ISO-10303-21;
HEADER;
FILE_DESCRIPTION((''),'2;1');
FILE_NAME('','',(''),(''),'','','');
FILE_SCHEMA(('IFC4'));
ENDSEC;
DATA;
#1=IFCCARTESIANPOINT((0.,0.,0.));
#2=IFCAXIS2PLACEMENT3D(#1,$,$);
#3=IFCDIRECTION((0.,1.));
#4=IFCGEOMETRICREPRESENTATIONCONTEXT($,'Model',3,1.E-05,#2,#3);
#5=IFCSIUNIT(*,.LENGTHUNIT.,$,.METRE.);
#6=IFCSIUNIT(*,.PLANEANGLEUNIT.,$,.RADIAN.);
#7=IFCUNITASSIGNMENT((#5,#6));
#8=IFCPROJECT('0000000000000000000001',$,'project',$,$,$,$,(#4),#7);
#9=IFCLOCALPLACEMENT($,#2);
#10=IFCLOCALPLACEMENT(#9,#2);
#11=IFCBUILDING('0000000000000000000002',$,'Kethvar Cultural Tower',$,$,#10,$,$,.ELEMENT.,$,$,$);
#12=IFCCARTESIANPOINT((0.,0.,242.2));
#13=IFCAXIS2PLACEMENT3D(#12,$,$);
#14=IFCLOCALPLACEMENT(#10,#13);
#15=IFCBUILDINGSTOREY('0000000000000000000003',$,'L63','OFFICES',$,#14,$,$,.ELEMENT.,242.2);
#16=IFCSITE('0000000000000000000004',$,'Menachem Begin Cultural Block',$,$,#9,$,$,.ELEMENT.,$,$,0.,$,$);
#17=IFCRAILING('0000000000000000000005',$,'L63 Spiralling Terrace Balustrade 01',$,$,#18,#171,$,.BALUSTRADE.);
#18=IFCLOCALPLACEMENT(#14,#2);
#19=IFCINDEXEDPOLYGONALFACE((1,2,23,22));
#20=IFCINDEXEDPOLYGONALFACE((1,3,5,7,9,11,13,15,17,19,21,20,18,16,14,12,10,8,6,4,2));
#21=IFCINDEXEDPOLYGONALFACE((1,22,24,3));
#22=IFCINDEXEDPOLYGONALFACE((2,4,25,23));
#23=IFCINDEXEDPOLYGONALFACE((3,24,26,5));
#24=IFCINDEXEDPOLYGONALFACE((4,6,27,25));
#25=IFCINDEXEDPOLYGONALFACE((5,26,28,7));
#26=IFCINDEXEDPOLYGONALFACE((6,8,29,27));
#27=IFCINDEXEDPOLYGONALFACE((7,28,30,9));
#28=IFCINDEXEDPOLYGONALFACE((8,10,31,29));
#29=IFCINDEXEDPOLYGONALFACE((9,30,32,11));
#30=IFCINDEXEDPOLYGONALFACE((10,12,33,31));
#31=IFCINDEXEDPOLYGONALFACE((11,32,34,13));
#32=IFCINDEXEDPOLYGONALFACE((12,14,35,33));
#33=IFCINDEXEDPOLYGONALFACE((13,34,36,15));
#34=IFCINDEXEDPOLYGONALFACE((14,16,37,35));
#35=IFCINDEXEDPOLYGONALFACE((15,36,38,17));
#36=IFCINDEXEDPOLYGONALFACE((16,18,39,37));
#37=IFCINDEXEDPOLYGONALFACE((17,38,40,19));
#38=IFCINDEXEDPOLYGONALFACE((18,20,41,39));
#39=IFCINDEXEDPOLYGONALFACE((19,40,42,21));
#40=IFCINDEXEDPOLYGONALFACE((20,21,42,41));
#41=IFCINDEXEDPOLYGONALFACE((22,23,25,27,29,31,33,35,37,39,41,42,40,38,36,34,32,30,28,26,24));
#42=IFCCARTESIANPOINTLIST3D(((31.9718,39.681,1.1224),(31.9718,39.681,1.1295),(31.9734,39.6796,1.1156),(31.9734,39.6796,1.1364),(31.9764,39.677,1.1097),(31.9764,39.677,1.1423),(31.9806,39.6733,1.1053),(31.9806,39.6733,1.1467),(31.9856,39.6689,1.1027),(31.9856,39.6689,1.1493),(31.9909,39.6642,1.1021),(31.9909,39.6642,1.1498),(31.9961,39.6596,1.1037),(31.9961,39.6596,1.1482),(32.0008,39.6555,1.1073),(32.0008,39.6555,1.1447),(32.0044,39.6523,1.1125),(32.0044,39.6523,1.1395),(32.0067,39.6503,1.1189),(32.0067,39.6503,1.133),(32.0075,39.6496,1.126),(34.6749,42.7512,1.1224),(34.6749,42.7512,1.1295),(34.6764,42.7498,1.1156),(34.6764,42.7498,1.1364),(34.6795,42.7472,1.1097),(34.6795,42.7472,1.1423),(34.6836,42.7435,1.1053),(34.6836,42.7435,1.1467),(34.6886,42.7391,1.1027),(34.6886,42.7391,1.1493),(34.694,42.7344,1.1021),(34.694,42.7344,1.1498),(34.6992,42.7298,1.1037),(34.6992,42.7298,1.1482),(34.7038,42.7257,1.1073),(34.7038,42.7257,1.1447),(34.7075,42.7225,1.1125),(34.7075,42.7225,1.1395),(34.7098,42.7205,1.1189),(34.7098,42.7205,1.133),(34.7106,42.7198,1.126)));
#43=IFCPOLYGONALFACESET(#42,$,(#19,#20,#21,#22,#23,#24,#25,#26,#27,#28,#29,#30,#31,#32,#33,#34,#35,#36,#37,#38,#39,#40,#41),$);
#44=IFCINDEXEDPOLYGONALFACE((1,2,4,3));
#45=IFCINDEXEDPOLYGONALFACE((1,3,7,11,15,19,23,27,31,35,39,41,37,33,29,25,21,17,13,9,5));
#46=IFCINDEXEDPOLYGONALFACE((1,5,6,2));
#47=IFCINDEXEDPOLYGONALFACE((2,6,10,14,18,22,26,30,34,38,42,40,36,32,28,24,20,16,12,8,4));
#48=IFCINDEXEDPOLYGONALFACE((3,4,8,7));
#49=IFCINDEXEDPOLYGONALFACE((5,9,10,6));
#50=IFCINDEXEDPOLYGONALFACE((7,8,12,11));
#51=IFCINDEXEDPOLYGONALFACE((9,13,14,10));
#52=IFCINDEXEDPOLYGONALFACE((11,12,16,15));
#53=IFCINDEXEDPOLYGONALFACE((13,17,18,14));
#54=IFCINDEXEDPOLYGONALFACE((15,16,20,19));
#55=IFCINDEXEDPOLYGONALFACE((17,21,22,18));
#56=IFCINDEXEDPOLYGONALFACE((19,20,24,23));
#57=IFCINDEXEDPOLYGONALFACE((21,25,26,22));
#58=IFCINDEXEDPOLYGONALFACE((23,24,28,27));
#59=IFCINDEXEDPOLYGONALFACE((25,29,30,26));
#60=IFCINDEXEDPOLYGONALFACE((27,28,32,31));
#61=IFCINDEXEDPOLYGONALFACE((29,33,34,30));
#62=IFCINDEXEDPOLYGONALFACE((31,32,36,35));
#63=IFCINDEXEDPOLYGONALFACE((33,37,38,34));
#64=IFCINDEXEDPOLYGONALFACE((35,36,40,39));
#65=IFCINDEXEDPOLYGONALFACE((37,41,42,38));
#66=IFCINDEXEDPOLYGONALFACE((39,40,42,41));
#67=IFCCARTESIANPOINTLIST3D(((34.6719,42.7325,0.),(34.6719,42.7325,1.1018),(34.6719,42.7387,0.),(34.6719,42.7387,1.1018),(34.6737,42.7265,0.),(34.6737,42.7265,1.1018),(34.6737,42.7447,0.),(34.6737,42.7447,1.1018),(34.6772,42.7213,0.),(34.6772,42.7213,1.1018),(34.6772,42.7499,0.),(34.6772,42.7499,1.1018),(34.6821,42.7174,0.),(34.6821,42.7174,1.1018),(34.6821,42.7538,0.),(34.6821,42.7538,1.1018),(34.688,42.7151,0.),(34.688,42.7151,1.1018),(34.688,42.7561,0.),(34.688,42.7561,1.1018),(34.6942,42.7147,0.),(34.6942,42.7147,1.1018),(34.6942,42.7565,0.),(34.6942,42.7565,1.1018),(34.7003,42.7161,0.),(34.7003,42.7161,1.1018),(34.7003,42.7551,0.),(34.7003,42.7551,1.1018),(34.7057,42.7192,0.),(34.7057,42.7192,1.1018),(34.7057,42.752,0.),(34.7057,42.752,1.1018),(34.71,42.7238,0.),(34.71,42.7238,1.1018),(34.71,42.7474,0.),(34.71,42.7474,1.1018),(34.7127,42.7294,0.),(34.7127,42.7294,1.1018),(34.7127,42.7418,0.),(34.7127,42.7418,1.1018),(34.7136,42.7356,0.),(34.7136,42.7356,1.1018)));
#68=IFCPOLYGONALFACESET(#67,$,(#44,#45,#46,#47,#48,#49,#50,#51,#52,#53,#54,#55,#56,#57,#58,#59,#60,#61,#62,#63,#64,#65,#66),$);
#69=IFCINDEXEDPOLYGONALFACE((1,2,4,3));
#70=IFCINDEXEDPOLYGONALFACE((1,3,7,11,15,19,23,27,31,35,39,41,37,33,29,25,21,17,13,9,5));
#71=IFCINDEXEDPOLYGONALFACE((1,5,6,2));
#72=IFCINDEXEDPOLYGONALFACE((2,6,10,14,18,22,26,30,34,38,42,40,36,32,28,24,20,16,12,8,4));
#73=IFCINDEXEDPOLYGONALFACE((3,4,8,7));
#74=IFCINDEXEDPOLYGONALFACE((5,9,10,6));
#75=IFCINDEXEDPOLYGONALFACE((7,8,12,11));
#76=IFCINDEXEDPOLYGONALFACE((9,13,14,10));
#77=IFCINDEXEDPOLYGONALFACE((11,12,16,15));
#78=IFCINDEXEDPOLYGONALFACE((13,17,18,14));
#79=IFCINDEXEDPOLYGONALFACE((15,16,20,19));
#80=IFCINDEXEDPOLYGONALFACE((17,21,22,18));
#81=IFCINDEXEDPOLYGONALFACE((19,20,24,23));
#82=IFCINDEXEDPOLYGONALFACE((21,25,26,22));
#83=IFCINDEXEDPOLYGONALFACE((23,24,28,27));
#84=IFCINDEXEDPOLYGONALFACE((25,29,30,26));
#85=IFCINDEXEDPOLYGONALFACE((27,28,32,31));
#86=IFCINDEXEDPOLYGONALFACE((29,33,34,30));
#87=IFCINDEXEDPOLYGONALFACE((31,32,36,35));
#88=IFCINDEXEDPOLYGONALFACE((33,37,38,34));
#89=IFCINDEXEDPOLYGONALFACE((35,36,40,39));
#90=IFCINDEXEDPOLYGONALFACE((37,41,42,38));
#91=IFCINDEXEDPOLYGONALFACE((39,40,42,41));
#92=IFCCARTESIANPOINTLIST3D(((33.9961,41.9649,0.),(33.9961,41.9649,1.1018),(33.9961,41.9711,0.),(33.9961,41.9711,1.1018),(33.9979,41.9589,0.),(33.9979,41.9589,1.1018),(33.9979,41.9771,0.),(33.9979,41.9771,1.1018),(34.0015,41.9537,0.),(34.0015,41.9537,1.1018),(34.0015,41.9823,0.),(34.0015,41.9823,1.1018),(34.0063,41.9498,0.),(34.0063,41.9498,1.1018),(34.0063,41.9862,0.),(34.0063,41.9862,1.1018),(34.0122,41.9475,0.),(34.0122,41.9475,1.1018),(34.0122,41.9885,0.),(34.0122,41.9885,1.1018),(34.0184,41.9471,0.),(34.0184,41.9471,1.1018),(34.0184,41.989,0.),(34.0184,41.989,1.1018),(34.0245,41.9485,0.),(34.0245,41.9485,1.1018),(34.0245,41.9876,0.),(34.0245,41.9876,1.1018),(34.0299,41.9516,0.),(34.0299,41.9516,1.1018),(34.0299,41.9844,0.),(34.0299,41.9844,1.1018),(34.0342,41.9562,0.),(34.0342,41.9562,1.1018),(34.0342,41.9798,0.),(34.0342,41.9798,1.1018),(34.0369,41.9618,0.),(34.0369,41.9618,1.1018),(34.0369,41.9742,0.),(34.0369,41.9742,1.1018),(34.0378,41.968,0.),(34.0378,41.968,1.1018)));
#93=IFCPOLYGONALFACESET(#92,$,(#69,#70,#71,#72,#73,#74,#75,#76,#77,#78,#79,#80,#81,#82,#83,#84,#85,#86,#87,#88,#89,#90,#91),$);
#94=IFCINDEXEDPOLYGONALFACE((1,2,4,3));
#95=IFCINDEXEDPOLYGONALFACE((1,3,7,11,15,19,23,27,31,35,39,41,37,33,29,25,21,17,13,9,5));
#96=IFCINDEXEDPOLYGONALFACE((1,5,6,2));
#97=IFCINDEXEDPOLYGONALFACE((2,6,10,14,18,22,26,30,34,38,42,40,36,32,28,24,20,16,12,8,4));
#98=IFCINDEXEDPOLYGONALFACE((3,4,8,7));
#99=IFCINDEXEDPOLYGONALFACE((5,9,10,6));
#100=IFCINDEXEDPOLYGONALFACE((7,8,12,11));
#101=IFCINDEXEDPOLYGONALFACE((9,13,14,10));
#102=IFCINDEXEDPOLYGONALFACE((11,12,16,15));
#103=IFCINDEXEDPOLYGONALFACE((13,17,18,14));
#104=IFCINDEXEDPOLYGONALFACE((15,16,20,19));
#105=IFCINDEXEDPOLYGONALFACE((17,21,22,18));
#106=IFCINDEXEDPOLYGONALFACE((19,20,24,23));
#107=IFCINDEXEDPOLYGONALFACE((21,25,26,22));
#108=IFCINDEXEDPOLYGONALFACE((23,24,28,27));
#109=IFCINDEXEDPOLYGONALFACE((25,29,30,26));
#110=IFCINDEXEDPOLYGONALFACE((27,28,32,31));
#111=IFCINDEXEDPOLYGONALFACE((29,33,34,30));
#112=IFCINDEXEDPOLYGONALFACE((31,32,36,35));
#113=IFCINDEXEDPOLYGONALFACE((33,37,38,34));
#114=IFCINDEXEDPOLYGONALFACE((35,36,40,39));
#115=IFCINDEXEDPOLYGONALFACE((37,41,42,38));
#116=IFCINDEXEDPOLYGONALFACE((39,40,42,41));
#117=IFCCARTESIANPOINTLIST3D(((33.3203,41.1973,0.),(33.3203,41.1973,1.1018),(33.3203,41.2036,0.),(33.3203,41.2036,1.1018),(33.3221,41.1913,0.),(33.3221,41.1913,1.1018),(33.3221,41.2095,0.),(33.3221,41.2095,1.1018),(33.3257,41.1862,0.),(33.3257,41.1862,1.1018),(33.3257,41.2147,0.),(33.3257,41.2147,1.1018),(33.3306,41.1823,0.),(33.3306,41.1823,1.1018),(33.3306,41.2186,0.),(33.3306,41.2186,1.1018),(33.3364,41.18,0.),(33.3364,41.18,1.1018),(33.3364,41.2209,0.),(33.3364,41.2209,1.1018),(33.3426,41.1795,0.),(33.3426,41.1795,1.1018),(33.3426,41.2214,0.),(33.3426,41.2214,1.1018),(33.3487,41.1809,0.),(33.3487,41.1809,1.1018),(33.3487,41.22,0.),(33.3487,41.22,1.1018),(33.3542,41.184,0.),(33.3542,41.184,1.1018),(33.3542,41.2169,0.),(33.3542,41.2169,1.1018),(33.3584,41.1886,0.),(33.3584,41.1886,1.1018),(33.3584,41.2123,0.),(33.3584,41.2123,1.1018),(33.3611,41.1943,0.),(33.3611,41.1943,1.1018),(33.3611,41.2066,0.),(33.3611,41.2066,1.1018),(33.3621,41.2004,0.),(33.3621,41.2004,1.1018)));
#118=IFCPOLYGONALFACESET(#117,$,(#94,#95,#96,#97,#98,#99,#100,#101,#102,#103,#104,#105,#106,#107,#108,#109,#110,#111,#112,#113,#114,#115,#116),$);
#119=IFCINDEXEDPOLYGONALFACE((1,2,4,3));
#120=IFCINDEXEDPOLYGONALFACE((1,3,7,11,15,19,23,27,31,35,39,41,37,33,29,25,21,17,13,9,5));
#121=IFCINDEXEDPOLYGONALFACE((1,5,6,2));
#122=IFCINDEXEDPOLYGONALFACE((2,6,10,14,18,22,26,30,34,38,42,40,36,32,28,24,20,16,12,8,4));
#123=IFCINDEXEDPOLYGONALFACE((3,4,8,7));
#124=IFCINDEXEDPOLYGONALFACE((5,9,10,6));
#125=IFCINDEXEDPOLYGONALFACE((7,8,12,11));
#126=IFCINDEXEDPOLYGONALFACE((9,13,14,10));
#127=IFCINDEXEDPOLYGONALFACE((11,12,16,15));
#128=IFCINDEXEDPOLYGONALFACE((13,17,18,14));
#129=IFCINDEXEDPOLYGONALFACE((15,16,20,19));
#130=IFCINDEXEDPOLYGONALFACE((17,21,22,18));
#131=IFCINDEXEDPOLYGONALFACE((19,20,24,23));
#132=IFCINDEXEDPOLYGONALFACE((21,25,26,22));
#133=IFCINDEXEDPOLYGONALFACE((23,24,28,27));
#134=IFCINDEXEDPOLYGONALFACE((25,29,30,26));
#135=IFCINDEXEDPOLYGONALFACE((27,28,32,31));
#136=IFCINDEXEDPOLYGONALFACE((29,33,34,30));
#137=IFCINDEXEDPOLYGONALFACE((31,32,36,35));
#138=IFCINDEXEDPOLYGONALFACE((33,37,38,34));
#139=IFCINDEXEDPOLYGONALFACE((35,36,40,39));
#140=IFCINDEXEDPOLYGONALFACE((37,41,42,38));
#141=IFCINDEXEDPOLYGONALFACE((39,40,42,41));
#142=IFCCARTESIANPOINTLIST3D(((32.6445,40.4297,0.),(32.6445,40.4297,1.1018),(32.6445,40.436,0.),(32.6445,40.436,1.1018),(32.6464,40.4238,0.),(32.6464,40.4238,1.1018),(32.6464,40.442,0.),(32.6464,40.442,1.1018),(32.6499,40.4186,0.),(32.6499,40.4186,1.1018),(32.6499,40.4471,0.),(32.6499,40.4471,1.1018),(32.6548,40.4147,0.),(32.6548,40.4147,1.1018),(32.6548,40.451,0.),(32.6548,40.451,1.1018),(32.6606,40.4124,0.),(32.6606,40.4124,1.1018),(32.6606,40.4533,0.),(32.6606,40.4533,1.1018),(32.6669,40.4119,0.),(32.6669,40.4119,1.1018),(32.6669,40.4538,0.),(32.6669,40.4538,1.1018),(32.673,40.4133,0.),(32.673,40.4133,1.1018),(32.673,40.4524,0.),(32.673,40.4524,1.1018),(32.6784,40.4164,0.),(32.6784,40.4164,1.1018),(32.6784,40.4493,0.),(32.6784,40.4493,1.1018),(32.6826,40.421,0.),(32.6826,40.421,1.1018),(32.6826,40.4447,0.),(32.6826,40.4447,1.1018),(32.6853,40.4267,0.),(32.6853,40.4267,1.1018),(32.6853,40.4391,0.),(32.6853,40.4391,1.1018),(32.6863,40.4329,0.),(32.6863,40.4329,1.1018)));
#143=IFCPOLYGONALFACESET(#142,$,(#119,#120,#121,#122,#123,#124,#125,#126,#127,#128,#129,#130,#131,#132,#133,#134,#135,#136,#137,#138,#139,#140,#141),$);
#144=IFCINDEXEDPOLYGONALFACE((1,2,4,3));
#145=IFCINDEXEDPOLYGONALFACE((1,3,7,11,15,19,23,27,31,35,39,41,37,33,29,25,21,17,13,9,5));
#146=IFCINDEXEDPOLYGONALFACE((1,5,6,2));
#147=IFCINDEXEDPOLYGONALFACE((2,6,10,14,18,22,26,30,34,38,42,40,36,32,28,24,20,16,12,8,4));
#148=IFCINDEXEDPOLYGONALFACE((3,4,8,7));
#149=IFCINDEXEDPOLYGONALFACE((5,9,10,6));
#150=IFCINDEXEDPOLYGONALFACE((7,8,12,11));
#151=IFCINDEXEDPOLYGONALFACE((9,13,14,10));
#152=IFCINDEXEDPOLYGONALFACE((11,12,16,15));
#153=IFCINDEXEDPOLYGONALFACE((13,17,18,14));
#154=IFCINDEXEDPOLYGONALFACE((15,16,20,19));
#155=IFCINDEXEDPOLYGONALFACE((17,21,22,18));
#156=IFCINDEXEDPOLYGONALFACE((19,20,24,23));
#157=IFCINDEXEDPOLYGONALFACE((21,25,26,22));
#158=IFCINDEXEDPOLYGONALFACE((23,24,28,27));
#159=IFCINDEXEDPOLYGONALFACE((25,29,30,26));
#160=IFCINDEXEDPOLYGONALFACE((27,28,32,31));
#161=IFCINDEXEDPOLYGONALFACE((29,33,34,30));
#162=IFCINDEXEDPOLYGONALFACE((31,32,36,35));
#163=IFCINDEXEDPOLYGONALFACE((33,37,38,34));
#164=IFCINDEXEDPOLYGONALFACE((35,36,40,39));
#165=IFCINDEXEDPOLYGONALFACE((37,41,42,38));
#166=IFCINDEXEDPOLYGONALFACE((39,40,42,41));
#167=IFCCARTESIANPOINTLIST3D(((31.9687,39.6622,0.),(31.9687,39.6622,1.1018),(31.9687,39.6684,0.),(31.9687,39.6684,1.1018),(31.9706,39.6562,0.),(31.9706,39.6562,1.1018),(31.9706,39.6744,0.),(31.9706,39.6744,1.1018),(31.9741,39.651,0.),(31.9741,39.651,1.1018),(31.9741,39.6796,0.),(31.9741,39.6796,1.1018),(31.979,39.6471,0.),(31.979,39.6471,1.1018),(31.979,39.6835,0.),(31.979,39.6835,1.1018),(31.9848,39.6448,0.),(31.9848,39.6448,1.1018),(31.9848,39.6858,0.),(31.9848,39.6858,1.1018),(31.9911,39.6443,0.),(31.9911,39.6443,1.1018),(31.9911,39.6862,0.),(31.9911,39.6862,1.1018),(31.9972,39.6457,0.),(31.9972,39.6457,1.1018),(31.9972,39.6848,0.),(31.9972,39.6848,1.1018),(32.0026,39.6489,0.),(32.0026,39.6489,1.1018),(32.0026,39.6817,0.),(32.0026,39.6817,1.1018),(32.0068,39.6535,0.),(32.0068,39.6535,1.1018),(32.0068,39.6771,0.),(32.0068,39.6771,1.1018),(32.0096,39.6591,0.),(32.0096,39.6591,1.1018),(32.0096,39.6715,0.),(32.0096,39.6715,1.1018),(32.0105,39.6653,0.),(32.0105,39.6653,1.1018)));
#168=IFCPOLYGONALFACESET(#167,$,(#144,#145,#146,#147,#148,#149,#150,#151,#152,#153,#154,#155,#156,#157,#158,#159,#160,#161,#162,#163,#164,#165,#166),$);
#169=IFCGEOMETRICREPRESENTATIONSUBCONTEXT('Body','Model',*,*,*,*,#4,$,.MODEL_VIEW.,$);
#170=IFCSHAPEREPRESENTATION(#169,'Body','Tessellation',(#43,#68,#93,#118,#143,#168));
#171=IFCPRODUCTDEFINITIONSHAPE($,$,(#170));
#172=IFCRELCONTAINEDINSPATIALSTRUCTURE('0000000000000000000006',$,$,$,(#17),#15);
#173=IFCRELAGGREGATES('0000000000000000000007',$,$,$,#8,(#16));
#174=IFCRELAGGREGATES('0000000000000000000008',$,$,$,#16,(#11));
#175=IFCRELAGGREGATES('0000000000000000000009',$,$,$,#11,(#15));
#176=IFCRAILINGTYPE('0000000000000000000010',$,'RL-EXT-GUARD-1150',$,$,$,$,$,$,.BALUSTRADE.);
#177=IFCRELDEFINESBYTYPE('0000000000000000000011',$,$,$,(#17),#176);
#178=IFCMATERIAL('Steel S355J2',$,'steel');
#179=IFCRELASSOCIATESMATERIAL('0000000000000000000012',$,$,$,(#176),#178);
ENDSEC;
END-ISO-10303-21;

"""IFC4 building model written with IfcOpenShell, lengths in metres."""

from ifc_helpers import new_model, si_unit, direction, frame, origin, origin_2d, place, context, subcontext, project, spatial, circle, extrude, material, type_object, element, save


model = new_model("IFC4")

# Units and contexts
model_context = context("Model", 3, precision=1e-05, world=origin(), true_north=direction((0.0, 1.0)))
body_context = subcontext(model_context, "Body", "Model", "MODEL_VIEW")
ifc_project = project(units=[si_unit("LENGTHUNIT", "METRE"), si_unit("PLANEANGLEUNIT", "RADIAN")], contexts=[model_context])

# Site, building, storey
site_placement = place(None, origin())
site = spatial("IfcSite", under=ifc_project, at=site_placement, Name="Menachem Begin Cultural Block", CompositionType="ELEMENT", RefElevation=0.0)
building_placement = place(site_placement, origin())
building = spatial("IfcBuilding", under=site, at=building_placement, Name="Kethvar Cultural Tower", CompositionType="ELEMENT")
storey_placement = place(building_placement, frame((0.0, 0.0, 242.2)))
storey = spatial("IfcBuildingStorey", under=building, at=storey_placement, Name="L63", Description="OFFICES", CompositionType="ELEMENT", Elevation=242.2)

# Shared definitions
ifc_material_1 = material(Name="Steel S355J2", Category="steel")

# Railing
railing_type = type_object("IfcRailingType", Name="RL-EXT-GUARD-1150", PredefinedType="BALUSTRADE", material=ifc_material_1)
railing_1_placement = place(storey_placement, frame((34.6926, 42.7356, 0.0)))
element("IfcRailing", 1, at=railing_1_placement, inside=storey, type_object=railing_type, Name="L63 Spiralling Terrace Balustrade 01", PredefinedType="BALUSTRADE", context=body_context, shape_type="SweptSolid", body=[
    extrude(circle(Radius=0.0239, at=origin_2d()), frame((0.0, 0.0, 1.126), z_axis=(-0.6608, -0.750562, 0.0), x_axis=(0.750562, -0.6608, 0.0)), (0.0, 0.0, 1.0), 4.0906),
    extrude(circle(Radius=0.021, at=origin_2d()), origin(), (0.0, 0.0, 1.0), 1.1018),
    extrude(circle(Radius=0.021, at=origin_2d()), frame((-0.6758, -0.7676, 0.0)), (0.0, 0.0, 1.0), 1.1018),
    extrude(circle(Radius=0.021, at=origin_2d()), frame((-1.3516, -1.5352, 0.0)), (0.0, 0.0, 1.0), 1.1018),
    extrude(circle(Radius=0.021, at=origin_2d()), frame((-2.0273, -2.3027, 0.0)), (0.0, 0.0, 1.0), 1.1018),
    extrude(circle(Radius=0.021, at=origin_2d()), frame((-2.7031, -3.0703, 0.0)), (0.0, 0.0, 1.0), 1.1018),
])

save(model, "model.ifc")
